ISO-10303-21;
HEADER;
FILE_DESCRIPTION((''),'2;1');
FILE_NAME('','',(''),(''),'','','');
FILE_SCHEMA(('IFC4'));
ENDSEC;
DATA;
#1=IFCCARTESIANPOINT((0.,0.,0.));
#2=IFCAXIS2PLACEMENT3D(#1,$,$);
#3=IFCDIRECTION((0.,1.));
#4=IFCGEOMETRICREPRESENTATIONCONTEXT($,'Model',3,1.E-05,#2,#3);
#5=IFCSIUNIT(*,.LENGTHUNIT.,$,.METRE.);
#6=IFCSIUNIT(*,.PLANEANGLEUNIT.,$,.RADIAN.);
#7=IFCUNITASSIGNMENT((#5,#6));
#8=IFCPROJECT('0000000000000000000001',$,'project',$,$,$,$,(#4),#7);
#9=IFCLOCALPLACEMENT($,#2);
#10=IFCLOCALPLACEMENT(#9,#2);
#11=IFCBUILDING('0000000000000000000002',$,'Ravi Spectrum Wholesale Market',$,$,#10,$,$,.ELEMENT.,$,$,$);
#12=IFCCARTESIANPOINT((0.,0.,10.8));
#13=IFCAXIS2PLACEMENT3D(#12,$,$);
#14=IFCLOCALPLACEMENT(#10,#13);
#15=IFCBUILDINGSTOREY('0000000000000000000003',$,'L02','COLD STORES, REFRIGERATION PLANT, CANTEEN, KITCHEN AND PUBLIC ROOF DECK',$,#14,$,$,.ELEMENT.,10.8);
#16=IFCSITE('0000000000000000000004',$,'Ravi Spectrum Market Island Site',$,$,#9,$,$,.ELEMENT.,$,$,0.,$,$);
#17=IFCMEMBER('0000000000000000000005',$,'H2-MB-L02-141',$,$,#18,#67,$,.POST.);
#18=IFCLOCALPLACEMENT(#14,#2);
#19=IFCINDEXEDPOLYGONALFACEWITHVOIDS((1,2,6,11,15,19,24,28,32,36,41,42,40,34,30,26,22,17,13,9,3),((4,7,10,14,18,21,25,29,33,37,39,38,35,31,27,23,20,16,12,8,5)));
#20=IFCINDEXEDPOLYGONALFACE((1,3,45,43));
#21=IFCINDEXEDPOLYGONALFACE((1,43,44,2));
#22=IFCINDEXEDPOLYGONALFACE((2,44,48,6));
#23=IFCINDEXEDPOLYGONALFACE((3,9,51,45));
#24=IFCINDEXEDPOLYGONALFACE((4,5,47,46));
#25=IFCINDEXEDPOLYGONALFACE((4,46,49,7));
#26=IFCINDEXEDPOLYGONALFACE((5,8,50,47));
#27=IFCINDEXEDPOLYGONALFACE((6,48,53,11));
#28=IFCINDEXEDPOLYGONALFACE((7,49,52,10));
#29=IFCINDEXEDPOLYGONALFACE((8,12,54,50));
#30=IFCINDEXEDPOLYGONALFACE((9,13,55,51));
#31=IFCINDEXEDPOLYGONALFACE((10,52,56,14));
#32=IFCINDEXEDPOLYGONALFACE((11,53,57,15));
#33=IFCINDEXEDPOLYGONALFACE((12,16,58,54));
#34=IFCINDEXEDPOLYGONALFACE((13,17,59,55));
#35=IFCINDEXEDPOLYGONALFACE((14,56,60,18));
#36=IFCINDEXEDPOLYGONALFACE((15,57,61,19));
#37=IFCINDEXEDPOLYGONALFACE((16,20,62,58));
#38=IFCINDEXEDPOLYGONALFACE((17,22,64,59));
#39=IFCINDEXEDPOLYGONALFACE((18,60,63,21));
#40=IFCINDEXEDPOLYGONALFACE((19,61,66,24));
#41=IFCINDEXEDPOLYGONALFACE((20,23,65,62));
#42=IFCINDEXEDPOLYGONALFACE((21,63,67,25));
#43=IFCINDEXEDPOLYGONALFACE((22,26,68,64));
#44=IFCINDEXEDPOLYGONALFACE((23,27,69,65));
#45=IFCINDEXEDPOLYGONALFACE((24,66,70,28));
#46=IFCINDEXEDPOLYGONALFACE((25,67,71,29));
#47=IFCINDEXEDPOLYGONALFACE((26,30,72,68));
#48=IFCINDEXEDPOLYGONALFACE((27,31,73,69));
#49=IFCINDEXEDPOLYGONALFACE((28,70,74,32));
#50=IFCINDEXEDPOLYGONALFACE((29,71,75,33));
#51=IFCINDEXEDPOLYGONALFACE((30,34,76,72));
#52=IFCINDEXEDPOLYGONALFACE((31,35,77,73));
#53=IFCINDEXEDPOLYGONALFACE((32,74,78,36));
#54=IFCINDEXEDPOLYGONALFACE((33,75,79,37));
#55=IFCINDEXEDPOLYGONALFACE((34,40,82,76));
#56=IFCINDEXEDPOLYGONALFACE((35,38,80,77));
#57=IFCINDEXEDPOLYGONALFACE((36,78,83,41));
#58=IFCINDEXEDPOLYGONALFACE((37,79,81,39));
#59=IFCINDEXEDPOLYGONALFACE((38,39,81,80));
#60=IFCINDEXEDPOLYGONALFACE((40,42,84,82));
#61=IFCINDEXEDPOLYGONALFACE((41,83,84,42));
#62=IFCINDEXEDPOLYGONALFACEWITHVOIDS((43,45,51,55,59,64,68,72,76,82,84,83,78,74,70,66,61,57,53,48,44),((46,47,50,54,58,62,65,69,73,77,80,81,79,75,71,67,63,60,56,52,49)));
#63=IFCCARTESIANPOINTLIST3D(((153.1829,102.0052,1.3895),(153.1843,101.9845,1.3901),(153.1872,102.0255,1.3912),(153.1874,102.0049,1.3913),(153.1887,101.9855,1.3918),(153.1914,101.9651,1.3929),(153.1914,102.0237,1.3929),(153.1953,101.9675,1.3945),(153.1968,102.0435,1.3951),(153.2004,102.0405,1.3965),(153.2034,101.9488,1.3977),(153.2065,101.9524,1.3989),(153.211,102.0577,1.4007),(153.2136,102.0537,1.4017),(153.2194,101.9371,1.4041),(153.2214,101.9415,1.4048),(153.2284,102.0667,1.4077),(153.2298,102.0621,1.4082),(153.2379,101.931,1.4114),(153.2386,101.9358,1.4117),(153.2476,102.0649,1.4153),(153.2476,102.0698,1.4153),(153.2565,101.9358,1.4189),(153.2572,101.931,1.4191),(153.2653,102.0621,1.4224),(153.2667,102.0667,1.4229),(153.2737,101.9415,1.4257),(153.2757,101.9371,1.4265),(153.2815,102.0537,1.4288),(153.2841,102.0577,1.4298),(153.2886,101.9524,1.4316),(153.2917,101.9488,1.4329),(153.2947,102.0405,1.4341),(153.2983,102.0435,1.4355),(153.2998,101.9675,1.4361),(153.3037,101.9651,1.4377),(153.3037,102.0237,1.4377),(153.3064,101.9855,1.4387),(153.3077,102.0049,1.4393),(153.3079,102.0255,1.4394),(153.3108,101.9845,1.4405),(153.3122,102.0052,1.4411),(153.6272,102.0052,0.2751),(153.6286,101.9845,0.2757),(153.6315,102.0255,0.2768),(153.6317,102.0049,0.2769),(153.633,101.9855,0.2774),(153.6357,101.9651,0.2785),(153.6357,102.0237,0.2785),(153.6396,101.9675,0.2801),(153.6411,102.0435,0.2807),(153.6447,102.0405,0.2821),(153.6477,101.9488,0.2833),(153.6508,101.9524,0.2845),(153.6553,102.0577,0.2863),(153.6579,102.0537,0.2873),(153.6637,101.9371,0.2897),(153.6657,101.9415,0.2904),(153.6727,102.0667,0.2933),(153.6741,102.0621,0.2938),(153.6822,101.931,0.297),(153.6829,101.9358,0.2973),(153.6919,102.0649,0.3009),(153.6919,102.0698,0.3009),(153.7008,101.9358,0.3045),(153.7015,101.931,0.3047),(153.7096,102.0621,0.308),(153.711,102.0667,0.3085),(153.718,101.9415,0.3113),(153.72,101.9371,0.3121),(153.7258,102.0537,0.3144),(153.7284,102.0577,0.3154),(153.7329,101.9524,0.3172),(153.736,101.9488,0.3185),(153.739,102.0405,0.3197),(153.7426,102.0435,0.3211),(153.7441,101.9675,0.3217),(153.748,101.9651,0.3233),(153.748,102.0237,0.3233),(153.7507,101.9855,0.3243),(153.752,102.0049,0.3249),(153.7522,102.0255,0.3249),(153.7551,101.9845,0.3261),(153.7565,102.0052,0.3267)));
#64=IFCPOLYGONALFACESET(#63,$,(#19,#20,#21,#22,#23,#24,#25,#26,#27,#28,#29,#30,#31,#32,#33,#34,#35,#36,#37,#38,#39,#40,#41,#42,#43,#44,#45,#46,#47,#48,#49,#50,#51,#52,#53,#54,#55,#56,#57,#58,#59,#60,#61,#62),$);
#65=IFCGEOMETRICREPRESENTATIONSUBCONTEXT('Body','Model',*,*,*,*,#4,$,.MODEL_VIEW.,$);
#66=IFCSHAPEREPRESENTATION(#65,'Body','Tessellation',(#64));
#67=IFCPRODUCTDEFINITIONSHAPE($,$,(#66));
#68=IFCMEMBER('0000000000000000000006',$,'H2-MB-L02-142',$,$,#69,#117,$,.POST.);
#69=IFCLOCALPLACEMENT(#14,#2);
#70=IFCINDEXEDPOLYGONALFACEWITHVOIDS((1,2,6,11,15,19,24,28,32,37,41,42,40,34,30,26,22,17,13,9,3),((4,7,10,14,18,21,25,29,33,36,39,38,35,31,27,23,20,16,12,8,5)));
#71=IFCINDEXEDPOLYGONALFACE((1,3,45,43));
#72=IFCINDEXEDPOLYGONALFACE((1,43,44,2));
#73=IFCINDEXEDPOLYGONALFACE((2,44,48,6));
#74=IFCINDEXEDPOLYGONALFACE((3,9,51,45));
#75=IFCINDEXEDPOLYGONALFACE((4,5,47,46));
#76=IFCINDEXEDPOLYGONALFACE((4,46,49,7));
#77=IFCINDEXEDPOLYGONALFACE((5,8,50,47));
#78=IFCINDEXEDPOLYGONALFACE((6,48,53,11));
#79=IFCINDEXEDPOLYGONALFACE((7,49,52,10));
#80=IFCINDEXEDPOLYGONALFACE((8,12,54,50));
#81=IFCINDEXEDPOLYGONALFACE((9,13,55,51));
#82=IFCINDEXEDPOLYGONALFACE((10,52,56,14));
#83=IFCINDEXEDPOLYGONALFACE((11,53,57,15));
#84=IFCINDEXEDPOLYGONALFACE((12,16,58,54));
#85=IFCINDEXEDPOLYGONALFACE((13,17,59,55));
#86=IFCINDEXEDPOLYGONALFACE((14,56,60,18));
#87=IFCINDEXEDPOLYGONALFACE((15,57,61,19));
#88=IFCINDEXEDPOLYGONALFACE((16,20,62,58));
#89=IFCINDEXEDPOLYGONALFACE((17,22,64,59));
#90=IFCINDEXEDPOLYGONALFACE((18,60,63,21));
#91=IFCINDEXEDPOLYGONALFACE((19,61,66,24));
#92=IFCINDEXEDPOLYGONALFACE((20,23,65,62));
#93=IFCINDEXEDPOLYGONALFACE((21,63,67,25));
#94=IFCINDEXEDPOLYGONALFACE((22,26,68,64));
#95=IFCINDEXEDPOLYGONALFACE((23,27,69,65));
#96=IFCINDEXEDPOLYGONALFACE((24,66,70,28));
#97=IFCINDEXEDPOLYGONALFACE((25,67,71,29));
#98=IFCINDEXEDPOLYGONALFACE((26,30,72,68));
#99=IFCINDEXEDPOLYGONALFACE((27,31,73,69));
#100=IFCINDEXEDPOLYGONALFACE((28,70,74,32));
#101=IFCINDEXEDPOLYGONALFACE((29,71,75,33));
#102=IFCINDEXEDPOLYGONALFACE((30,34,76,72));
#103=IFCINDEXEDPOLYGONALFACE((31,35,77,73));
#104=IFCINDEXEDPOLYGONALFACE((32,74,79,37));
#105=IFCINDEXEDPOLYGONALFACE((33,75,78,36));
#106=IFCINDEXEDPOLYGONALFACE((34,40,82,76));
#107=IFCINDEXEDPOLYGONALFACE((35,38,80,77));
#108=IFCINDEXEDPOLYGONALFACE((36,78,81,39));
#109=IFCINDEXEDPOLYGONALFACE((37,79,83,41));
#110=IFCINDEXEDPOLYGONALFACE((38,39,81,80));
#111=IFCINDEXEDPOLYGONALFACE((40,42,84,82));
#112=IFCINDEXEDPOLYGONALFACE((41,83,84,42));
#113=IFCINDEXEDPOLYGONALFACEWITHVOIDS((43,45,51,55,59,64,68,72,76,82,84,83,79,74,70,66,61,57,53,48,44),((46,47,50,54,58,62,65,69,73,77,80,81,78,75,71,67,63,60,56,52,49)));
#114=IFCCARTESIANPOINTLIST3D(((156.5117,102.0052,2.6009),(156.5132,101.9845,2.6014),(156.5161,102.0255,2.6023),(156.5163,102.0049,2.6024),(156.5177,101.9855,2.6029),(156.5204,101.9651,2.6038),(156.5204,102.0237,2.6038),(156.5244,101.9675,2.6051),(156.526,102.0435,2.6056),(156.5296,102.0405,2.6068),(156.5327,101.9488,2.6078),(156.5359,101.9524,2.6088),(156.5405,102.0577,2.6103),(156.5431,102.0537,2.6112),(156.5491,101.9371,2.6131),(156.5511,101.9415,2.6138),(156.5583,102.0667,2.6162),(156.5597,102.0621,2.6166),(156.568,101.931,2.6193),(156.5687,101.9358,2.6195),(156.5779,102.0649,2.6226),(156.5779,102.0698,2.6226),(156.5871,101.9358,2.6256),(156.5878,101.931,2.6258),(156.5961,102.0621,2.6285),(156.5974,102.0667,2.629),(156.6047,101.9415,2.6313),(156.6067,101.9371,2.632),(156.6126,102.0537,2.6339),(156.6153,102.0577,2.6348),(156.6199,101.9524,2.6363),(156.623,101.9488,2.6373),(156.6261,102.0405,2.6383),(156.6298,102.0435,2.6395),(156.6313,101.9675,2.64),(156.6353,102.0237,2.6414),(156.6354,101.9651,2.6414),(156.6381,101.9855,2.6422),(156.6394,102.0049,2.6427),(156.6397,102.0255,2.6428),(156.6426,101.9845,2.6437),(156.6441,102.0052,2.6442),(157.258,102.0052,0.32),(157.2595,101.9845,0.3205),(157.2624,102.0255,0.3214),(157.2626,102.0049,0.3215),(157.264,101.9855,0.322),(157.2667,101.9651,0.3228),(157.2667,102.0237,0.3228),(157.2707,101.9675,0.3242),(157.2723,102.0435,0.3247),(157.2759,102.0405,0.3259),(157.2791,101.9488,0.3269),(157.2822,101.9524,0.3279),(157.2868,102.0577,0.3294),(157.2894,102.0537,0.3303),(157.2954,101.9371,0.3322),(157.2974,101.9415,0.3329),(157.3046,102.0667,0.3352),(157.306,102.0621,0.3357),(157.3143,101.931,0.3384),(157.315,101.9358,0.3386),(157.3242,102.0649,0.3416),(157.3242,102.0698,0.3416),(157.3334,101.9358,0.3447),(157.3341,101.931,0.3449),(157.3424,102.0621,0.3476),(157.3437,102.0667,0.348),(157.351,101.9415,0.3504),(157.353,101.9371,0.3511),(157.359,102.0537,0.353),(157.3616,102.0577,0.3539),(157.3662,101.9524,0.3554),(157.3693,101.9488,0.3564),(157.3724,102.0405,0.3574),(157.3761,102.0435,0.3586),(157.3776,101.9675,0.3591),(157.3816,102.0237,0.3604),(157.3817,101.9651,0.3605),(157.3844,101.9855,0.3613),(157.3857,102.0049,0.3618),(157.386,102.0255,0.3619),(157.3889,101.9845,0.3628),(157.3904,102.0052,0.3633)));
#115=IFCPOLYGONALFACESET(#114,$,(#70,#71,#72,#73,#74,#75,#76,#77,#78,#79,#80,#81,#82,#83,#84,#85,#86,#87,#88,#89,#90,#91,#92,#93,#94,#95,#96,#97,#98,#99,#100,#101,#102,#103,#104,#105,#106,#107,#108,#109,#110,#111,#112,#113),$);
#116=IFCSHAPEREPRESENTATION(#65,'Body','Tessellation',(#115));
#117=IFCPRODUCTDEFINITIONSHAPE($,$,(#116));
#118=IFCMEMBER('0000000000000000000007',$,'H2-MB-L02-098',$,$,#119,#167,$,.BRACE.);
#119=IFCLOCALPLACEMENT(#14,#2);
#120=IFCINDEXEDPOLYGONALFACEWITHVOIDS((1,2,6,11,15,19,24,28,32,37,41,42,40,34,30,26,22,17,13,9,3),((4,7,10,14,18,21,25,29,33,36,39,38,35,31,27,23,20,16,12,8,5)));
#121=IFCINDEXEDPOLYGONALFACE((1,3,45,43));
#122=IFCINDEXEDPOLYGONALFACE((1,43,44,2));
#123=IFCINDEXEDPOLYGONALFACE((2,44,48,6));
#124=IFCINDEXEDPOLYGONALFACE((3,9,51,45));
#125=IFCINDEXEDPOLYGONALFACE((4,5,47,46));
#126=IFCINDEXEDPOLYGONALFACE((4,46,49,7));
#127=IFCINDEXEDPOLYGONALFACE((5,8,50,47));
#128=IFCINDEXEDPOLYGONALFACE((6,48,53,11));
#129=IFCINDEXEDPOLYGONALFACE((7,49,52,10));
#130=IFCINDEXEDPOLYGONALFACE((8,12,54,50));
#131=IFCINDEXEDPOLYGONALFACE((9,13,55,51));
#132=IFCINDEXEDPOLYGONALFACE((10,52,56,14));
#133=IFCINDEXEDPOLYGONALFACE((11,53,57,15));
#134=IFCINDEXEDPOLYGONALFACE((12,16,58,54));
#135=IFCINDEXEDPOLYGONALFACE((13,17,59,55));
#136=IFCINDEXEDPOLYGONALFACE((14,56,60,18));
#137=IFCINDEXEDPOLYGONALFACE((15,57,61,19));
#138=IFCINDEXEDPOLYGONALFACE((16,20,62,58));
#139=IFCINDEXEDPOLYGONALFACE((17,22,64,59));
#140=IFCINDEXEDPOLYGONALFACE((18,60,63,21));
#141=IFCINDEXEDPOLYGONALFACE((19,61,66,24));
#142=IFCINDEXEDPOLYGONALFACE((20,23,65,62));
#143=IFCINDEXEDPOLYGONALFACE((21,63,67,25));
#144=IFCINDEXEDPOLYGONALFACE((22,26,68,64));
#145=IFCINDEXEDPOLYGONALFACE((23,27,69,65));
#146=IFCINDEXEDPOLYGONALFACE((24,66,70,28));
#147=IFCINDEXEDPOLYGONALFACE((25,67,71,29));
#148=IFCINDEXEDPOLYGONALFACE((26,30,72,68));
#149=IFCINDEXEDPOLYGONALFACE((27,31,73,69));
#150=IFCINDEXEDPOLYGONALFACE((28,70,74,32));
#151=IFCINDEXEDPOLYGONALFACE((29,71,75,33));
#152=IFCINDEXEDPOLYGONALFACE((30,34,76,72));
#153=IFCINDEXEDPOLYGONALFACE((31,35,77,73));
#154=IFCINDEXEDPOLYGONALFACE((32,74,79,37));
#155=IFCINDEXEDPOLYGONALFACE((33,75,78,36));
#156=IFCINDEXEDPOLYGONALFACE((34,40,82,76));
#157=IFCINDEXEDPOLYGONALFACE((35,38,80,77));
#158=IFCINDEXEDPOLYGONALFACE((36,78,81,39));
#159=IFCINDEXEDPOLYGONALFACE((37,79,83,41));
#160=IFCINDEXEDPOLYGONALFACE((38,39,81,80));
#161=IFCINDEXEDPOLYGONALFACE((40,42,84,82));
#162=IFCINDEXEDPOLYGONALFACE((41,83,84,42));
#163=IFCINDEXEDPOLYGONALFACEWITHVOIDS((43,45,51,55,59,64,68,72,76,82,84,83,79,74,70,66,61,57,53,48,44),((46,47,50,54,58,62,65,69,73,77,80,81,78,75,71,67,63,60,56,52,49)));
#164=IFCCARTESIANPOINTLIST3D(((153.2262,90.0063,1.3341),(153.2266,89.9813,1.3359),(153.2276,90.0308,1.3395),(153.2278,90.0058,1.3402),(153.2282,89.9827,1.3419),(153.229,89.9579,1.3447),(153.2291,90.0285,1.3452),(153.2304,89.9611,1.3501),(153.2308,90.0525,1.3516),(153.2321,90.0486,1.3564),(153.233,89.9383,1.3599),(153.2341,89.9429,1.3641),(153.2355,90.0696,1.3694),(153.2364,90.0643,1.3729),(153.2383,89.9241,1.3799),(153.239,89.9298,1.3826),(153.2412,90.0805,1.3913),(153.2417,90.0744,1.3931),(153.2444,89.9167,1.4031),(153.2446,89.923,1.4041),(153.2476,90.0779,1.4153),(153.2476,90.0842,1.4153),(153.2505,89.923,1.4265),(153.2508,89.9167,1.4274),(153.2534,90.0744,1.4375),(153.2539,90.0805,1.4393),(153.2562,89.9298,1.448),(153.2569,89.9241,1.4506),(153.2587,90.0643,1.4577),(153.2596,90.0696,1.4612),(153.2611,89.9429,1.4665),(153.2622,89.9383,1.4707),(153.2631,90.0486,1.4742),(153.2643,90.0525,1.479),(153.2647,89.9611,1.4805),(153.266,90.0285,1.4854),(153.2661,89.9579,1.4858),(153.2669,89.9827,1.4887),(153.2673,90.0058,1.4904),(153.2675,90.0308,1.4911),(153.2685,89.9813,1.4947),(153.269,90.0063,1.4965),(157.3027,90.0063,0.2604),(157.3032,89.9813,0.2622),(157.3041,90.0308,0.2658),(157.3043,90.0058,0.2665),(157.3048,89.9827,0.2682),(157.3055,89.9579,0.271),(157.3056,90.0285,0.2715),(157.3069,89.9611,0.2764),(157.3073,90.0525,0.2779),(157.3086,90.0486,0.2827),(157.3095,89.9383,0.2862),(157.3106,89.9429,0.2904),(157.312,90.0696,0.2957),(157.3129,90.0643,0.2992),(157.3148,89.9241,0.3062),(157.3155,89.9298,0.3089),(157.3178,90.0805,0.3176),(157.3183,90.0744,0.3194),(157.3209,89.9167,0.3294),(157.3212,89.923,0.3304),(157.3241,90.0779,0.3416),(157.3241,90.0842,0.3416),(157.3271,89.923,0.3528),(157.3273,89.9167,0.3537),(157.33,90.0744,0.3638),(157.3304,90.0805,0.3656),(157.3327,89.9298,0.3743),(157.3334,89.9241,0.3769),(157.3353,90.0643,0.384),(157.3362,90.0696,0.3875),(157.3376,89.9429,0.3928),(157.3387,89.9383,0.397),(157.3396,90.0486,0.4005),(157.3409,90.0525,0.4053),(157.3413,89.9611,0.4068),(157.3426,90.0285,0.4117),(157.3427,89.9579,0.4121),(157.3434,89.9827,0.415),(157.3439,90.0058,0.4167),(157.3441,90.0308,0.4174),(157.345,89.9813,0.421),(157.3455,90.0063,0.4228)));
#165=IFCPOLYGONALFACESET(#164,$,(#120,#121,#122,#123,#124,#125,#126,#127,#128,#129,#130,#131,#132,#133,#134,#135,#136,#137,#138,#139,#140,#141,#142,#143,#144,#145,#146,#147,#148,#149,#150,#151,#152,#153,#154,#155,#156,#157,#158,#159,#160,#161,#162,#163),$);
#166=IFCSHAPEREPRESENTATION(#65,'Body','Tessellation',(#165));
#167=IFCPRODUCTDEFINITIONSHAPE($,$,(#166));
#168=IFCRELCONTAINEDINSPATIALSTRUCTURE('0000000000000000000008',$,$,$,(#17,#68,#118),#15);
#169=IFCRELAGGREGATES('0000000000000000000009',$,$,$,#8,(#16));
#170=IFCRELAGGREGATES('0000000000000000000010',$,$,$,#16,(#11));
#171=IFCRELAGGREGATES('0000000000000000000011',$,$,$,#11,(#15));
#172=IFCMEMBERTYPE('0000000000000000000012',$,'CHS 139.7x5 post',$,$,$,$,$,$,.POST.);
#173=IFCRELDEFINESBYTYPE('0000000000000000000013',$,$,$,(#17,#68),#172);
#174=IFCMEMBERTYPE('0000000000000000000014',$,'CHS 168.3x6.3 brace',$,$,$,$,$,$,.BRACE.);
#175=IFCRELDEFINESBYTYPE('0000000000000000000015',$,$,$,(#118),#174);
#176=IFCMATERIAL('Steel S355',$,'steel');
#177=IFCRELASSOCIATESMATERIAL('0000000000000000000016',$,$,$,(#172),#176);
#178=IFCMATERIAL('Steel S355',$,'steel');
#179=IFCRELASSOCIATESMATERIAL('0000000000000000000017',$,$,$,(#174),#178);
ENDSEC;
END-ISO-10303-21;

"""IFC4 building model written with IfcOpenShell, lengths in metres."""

from ifc_helpers import new_model, si_unit, direction, frame, origin, origin_2d, place, context, subcontext, project, spatial, hollow_circle, extrude, material, material_profile, profile_set, type_object, element, save


model = new_model("IFC4")

# Units and contexts
model_context = context("Model", 3, precision=1e-05, world=origin(), true_north=direction((0.0, 1.0)))
body_context = subcontext(model_context, "Body", "Model", "MODEL_VIEW")
ifc_project = project(units=[si_unit("LENGTHUNIT", "METRE"), si_unit("PLANEANGLEUNIT", "RADIAN")], contexts=[model_context])

# Site, building, storey
site_placement = place(None, origin())
site = spatial("IfcSite", under=ifc_project, at=site_placement, Name="Ravi Spectrum Market Island Site", CompositionType="ELEMENT", RefElevation=0.0)
building_placement = place(site_placement, origin())
building = spatial("IfcBuilding", under=site, at=building_placement, Name="Ravi Spectrum Wholesale Market", CompositionType="ELEMENT")
storey_placement = place(building_placement, frame((0.0, 0.0, 10.8)))
storey = spatial("IfcBuildingStorey", under=building, at=storey_placement, Name="L02", Description="COLD STORES, REFRIGERATION PLANT, CANTEEN, KITCHEN AND PUBLIC ROOF DECK", CompositionType="ELEMENT", Elevation=10.8)

# Members
ifc_material_1 = material(Name="Steel S355", Category="steel")
ifc_material_profile_1 = material_profile(ifc_material_1, hollow_circle(Radius=0.0698, WallThickness=0.0049, at=origin_2d()))
ifc_profile_set_1 = profile_set([ifc_material_profile_1], Name="Steel S355")
member_type_1 = type_object("IfcMemberType", Name="CHS 139.7x5 post", PredefinedType="POST", material=ifc_profile_set_1)
member_1_placement = place(storey_placement, frame((153.2476, 102.0, 1.4153), z_axis=(0.370338, 0.0, -0.928897), x_axis=(0.0, 1.0, 0.0)))
element("IfcMember", 1, at=member_1_placement, inside=storey, type_object=member_type_1, Name="H2-MB-L02-141", PredefinedType="POST", context=body_context, shape_type="SweptSolid", body=[
    extrude(hollow_circle(Radius=0.0698, WallThickness=0.0049, at=origin_2d()), origin(), (0.0, 0.0, 1.0), 1.1997),
])
member_2_placement = place(storey_placement, frame((156.5779, 102.0, 2.6226), z_axis=(0.310974, 0.0, -0.950418), x_axis=(0.0, 1.0, 0.0)))
element("IfcMember", 2, at=member_2_placement, inside=storey, type_object=member_type_1, Name="H2-MB-L02-142", PredefinedType="POST", context=body_context, shape_type="SweptSolid", body=[
    extrude(hollow_circle(Radius=0.0698, WallThickness=0.0049, at=origin_2d()), origin(), (0.0, 0.0, 1.0), 2.3999),
])
ifc_material_2 = material(Name="Steel S355", Category="steel")
ifc_material_profile_2 = material_profile(ifc_material_2, hollow_circle(Radius=0.0842, WallThickness=0.0063, at=origin_2d()))
ifc_profile_set_2 = profile_set([ifc_material_profile_2], Name="Steel S355")
member_type_2 = type_object("IfcMemberType", Name="CHS 168.3x6.3 brace", PredefinedType="BRACE", material=ifc_profile_set_2)
member_3_placement = place(storey_placement, frame((153.2476, 90.0, 1.4153), z_axis=(0.967021, 0.0, -0.254699), x_axis=(0.0, 1.0, 0.0)))
element("IfcMember", 3, at=member_3_placement, inside=storey, type_object=member_type_2, Name="H2-MB-L02-098", PredefinedType="BRACE", context=body_context, shape_type="SweptSolid", body=[
    extrude(hollow_circle(Radius=0.0842, WallThickness=0.0063, at=origin_2d()), origin(), (0.0, 0.0, 1.0), 4.2156),
])

save(model, "model.ifc")
